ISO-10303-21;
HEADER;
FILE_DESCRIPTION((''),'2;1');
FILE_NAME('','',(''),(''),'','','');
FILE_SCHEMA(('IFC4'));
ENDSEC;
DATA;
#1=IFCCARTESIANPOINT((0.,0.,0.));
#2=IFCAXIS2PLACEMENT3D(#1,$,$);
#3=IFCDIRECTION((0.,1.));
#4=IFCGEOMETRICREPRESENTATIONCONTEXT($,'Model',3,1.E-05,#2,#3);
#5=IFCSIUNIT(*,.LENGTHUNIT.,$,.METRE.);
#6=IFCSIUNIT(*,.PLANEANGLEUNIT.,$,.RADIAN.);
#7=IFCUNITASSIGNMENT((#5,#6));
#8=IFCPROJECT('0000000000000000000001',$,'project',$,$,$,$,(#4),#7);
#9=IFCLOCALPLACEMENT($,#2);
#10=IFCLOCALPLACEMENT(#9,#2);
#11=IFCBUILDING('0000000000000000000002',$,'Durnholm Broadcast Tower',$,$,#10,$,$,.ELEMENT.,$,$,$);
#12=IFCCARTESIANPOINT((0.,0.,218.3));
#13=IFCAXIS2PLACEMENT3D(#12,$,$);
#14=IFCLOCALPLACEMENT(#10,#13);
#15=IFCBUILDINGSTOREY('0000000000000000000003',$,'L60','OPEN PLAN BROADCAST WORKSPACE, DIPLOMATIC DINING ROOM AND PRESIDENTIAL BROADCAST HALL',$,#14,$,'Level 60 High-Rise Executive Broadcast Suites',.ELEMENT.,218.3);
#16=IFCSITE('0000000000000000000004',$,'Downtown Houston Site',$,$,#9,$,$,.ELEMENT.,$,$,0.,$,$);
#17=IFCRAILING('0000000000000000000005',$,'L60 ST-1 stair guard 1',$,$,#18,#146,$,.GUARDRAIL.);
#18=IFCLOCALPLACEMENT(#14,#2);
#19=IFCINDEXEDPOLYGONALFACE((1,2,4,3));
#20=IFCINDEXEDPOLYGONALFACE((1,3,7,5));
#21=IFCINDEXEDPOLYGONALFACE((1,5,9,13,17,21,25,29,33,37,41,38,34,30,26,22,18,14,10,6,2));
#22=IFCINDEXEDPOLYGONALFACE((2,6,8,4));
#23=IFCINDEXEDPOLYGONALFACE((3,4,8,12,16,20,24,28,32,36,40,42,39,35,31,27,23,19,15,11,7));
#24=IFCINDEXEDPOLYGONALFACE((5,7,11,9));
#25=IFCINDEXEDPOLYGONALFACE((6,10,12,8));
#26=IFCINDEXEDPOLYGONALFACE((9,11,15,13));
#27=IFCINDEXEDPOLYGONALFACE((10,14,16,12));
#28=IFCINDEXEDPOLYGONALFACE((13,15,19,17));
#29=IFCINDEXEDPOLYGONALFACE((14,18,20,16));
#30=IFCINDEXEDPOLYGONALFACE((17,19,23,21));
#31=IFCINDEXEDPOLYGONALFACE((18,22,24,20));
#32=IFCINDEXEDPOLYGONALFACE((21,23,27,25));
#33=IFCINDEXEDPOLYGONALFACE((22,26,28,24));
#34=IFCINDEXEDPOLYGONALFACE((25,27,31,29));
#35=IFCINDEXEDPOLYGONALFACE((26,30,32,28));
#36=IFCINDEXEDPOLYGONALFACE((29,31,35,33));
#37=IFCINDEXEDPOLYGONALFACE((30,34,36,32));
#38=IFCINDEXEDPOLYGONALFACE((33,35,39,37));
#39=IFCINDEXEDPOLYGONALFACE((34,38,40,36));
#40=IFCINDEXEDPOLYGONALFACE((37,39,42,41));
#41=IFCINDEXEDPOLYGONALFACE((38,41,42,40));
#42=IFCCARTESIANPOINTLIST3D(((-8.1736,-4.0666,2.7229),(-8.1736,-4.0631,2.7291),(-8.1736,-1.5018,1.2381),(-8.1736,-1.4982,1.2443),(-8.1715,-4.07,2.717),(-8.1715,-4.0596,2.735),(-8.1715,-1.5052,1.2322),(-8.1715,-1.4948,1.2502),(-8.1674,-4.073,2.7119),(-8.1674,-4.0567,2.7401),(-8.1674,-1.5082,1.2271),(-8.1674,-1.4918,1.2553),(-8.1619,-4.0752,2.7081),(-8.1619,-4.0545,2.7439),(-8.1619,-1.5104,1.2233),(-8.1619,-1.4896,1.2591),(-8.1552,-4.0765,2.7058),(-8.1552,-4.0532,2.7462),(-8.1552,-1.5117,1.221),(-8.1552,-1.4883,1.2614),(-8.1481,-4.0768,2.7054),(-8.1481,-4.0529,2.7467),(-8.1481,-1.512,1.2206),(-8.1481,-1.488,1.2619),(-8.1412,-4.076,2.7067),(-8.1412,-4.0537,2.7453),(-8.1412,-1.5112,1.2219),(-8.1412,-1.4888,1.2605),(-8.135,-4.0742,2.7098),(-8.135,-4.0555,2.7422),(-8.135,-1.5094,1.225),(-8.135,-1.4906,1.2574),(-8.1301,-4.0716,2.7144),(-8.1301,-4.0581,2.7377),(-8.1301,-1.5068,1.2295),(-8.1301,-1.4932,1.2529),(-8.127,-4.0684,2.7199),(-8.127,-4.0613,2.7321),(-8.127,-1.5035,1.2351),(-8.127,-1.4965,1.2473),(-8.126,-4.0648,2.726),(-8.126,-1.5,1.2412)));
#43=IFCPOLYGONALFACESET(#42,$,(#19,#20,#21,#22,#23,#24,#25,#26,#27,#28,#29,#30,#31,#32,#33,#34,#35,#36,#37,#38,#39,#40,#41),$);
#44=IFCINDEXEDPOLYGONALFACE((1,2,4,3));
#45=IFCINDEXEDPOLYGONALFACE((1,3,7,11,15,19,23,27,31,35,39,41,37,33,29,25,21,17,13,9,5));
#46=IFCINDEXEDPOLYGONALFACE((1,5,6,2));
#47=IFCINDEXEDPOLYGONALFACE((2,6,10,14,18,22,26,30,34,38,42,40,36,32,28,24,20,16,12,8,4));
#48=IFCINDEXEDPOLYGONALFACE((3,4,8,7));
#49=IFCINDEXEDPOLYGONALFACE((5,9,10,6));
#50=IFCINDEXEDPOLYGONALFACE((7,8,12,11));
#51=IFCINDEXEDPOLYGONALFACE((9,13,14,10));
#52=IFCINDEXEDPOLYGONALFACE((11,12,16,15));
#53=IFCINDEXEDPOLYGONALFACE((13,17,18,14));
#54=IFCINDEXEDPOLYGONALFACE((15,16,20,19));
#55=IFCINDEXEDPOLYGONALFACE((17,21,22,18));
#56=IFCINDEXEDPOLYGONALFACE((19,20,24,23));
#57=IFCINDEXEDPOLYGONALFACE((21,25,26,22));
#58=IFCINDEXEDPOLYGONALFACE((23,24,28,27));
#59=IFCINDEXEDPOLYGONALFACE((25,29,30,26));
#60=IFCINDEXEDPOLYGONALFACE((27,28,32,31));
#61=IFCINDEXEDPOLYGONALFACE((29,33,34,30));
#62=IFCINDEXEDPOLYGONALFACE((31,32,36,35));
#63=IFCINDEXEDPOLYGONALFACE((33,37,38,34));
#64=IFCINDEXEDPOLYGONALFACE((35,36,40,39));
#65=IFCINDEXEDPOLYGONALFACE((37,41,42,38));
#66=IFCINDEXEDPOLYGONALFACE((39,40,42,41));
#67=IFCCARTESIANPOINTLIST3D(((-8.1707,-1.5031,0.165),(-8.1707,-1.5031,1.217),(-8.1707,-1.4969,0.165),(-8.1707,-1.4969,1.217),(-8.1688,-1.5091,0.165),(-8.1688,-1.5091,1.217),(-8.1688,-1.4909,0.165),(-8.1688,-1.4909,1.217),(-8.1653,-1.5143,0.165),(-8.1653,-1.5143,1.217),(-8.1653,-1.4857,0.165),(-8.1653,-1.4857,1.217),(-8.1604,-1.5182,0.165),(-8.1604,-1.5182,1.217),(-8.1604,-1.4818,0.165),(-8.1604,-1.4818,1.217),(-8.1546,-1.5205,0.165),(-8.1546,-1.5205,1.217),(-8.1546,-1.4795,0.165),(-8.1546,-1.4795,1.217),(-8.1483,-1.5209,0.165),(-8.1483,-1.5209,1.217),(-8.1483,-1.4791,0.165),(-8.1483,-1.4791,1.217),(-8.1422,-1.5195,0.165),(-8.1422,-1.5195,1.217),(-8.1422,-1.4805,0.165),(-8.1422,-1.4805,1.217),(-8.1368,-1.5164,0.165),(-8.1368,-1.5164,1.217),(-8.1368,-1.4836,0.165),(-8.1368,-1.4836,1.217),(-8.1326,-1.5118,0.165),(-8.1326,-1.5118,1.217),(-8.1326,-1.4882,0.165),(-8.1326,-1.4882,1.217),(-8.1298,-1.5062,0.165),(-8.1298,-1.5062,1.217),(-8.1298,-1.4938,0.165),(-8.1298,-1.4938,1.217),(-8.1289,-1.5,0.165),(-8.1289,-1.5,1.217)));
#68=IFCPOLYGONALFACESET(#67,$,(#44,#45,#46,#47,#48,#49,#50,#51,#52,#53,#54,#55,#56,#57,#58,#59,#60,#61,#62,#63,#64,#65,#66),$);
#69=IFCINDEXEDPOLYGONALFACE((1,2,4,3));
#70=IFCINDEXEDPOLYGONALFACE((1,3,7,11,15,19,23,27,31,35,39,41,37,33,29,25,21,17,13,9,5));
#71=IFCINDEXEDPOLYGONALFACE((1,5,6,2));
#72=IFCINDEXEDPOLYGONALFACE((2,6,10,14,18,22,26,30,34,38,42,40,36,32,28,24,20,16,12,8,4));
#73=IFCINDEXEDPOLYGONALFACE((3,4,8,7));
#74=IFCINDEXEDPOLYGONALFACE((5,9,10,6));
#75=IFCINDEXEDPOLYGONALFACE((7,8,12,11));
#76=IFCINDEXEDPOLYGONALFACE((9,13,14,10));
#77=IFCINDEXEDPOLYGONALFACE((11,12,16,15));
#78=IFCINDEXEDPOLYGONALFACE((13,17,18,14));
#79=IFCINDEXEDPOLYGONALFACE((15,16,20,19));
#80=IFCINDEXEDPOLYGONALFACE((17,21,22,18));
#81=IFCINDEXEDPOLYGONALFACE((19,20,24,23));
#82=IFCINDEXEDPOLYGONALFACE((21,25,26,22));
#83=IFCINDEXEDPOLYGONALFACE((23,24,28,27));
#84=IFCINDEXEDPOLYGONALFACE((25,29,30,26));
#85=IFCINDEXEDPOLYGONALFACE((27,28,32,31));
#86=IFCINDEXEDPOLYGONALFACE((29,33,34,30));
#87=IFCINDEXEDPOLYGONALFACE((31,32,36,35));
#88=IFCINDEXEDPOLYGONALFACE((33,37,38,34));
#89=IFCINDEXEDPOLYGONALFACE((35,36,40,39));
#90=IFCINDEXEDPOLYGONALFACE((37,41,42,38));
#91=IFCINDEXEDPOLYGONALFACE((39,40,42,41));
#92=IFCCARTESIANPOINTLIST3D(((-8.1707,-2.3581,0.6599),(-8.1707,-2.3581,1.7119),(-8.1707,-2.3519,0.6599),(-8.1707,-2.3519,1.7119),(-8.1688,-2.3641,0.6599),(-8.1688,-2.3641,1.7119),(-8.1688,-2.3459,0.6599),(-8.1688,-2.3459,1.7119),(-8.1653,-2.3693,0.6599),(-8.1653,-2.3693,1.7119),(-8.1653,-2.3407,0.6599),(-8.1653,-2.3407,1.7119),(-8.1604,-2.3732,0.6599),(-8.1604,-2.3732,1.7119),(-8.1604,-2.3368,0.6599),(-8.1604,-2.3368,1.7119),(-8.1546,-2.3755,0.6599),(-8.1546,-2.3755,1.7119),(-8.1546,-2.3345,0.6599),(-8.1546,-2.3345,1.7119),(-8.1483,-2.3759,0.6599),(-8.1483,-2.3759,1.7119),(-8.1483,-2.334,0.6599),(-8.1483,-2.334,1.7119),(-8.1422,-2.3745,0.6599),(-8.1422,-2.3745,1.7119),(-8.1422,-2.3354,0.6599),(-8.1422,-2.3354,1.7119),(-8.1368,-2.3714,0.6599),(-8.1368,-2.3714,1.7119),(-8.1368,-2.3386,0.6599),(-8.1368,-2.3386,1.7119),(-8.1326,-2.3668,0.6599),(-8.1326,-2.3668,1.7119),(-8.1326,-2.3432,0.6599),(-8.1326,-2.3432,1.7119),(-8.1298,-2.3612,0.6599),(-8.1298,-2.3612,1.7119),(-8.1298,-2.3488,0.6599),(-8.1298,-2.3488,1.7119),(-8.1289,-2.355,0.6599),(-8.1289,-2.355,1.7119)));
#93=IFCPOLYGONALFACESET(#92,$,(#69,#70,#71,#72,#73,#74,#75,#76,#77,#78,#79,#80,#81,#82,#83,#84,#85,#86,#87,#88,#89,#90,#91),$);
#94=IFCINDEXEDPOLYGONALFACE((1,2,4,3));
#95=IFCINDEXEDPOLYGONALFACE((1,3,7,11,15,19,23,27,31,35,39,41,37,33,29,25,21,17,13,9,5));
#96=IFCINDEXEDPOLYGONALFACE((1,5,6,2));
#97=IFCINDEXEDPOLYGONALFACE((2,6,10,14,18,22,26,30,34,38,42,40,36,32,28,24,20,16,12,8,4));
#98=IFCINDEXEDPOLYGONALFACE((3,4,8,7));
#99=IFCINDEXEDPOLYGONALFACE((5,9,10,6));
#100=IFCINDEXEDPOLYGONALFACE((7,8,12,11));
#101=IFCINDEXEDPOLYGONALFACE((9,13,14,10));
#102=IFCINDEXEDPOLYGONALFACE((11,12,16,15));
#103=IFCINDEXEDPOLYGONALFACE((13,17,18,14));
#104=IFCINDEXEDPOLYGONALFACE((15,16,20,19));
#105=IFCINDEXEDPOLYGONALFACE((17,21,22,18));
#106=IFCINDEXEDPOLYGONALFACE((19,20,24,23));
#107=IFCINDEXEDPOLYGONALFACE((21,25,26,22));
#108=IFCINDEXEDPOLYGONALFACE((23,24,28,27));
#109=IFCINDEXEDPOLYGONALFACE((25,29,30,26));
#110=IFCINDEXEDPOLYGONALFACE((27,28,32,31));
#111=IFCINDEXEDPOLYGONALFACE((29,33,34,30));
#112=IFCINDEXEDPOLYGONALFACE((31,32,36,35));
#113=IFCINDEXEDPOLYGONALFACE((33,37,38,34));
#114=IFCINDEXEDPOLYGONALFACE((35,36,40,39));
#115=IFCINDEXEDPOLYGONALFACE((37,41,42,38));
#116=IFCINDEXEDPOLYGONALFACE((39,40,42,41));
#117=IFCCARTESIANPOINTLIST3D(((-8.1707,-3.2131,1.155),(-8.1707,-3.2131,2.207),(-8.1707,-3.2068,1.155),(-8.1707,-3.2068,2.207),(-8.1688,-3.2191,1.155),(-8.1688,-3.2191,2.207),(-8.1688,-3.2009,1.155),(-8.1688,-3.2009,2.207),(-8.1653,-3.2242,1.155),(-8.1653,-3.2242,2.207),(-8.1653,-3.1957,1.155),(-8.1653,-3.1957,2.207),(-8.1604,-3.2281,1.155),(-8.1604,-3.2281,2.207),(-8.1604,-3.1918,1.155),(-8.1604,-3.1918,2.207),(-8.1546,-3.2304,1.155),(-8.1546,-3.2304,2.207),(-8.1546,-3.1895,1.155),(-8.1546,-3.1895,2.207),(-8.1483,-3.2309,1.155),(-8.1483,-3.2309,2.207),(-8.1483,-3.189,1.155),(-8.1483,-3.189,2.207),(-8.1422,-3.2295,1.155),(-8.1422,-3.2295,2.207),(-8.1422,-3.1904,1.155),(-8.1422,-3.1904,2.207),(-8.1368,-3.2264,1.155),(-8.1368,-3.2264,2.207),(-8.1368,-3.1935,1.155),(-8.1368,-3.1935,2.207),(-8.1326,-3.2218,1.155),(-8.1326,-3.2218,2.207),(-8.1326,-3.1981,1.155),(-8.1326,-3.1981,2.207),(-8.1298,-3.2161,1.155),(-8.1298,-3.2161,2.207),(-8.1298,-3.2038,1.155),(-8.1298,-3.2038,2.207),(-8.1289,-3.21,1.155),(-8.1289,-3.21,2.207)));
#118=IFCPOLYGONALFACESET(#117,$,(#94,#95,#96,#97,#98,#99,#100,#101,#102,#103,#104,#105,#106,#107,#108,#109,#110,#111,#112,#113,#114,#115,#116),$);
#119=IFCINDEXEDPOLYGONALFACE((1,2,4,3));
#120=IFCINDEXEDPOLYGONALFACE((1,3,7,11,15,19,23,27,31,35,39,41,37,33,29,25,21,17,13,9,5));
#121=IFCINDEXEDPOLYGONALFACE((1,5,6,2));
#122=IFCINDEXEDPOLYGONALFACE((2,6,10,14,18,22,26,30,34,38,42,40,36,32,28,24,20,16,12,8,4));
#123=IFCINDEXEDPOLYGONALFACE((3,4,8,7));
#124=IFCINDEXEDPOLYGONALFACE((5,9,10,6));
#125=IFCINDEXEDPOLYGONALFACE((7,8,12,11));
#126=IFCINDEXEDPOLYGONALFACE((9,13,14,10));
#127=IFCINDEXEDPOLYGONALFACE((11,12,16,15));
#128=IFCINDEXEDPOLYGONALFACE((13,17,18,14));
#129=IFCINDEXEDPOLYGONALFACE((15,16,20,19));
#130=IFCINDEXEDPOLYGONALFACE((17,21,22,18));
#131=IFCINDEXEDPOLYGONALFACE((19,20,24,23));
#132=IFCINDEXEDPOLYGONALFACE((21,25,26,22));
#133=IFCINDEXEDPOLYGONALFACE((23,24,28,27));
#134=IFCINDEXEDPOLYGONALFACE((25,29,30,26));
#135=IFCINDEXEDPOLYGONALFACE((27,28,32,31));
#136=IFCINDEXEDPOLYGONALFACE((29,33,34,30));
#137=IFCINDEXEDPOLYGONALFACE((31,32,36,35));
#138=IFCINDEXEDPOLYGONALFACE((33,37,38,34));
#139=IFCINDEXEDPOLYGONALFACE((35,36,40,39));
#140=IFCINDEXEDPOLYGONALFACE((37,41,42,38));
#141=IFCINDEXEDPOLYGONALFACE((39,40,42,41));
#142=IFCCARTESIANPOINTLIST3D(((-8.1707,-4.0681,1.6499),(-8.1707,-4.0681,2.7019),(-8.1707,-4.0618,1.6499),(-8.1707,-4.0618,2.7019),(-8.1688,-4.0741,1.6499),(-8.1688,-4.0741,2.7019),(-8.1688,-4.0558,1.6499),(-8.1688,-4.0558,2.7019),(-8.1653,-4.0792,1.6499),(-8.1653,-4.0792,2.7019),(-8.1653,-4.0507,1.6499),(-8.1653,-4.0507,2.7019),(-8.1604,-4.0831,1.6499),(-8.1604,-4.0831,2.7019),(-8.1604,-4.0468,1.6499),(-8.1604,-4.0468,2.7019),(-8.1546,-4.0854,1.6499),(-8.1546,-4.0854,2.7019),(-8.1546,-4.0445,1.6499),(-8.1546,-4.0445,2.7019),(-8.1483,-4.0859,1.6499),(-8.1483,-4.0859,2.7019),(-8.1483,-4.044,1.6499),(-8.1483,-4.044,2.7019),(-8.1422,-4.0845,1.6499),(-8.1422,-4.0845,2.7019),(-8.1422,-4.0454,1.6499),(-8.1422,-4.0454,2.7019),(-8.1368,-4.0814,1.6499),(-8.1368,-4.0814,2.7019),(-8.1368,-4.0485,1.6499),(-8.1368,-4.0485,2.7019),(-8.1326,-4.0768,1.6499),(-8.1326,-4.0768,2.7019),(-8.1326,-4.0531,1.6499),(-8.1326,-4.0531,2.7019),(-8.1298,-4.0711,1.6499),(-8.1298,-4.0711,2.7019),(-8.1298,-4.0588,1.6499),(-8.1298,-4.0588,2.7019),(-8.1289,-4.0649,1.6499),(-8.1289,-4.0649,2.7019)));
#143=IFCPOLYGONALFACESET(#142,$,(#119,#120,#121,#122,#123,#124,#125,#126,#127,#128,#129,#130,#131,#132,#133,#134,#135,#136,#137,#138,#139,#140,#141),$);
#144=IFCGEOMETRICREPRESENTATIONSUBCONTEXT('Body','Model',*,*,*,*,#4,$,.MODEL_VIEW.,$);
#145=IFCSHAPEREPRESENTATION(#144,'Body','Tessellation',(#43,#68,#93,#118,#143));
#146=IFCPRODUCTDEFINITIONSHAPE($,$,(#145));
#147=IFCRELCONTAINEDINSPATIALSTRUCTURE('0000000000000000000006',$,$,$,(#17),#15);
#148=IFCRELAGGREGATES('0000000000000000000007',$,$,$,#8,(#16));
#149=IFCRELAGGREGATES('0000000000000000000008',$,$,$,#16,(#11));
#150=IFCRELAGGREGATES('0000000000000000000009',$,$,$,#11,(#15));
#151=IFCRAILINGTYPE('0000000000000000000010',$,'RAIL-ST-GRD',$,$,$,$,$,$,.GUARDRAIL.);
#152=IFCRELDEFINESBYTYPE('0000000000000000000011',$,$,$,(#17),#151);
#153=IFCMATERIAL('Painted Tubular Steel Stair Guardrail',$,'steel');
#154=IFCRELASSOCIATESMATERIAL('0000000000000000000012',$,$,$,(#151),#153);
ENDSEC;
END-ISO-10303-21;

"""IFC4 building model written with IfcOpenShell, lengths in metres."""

from ifc_helpers import new_model, si_unit, direction, frame, origin, origin_2d, place, context, subcontext, project, spatial, circle, extrude, material, type_object, element, save


model = new_model("IFC4")

# Units and contexts
model_context = context("Model", 3, precision=1e-05, world=origin(), true_north=direction((0.0, 1.0)))
body_context = subcontext(model_context, "Body", "Model", "MODEL_VIEW")
ifc_project = project(units=[si_unit("LENGTHUNIT", "METRE"), si_unit("PLANEANGLEUNIT", "RADIAN")], contexts=[model_context])

# Site, building, storey
site_placement = place(None, origin())
site = spatial("IfcSite", under=ifc_project, at=site_placement, Name="Downtown Houston Site", CompositionType="ELEMENT", RefElevation=0.0)
building_placement = place(site_placement, origin())
building = spatial("IfcBuilding", under=site, at=building_placement, Name="Durnholm Broadcast Tower", CompositionType="ELEMENT")
storey_placement = place(building_placement, frame((0.0, 0.0, 218.3)))
storey = spatial("IfcBuildingStorey", under=building, at=storey_placement, Name="L60", Description="OPEN PLAN BROADCAST WORKSPACE, DIPLOMATIC DINING ROOM AND PRESIDENTIAL BROADCAST HALL", LongName="Level 60 High-Rise Executive Broadcast Suites", CompositionType="ELEMENT", Elevation=218.3)

# Railing
ifc_material_1 = material(Name="Painted Tubular Steel Stair Guardrail", Category="steel")
railing_type_1 = type_object("IfcRailingType", Name="RAIL-ST-GRD", PredefinedType="GUARDRAIL", material=ifc_material_1)
railing_1_placement = place(storey_placement, frame((-8.1499, -1.5, 0.165)))
element("IfcRailing", 1, at=railing_1_placement, inside=storey, type_object=railing_type_1, Name="L60 ST-1 stair guard 1", PredefinedType="GUARDRAIL", context=body_context, shape_type="SweptSolid", body=[
    extrude(circle(Radius=0.0239, at=origin_2d()), frame((0.0, 0.0, 1.0762), z_axis=(0.0, -0.865441, 0.50101), x_axis=(1.0, 0.0, 0.0)), (0.0, 0.0, 1.0), 2.9636),
    extrude(circle(Radius=0.021, at=origin_2d()), origin(), (0.0, 0.0, 1.0), 1.052),
    extrude(circle(Radius=0.021, at=origin_2d()), frame((0.0, -0.855, 0.4949)), (0.0, 0.0, 1.0), 1.052),
    extrude(circle(Radius=0.021, at=origin_2d()), frame((0.0, -1.71, 0.99)), (0.0, 0.0, 1.0), 1.052),
    extrude(circle(Radius=0.021, at=origin_2d()), frame((0.0, -2.5649, 1.4849)), (0.0, 0.0, 1.0), 1.052),
])

save(model, "model.ifc")
